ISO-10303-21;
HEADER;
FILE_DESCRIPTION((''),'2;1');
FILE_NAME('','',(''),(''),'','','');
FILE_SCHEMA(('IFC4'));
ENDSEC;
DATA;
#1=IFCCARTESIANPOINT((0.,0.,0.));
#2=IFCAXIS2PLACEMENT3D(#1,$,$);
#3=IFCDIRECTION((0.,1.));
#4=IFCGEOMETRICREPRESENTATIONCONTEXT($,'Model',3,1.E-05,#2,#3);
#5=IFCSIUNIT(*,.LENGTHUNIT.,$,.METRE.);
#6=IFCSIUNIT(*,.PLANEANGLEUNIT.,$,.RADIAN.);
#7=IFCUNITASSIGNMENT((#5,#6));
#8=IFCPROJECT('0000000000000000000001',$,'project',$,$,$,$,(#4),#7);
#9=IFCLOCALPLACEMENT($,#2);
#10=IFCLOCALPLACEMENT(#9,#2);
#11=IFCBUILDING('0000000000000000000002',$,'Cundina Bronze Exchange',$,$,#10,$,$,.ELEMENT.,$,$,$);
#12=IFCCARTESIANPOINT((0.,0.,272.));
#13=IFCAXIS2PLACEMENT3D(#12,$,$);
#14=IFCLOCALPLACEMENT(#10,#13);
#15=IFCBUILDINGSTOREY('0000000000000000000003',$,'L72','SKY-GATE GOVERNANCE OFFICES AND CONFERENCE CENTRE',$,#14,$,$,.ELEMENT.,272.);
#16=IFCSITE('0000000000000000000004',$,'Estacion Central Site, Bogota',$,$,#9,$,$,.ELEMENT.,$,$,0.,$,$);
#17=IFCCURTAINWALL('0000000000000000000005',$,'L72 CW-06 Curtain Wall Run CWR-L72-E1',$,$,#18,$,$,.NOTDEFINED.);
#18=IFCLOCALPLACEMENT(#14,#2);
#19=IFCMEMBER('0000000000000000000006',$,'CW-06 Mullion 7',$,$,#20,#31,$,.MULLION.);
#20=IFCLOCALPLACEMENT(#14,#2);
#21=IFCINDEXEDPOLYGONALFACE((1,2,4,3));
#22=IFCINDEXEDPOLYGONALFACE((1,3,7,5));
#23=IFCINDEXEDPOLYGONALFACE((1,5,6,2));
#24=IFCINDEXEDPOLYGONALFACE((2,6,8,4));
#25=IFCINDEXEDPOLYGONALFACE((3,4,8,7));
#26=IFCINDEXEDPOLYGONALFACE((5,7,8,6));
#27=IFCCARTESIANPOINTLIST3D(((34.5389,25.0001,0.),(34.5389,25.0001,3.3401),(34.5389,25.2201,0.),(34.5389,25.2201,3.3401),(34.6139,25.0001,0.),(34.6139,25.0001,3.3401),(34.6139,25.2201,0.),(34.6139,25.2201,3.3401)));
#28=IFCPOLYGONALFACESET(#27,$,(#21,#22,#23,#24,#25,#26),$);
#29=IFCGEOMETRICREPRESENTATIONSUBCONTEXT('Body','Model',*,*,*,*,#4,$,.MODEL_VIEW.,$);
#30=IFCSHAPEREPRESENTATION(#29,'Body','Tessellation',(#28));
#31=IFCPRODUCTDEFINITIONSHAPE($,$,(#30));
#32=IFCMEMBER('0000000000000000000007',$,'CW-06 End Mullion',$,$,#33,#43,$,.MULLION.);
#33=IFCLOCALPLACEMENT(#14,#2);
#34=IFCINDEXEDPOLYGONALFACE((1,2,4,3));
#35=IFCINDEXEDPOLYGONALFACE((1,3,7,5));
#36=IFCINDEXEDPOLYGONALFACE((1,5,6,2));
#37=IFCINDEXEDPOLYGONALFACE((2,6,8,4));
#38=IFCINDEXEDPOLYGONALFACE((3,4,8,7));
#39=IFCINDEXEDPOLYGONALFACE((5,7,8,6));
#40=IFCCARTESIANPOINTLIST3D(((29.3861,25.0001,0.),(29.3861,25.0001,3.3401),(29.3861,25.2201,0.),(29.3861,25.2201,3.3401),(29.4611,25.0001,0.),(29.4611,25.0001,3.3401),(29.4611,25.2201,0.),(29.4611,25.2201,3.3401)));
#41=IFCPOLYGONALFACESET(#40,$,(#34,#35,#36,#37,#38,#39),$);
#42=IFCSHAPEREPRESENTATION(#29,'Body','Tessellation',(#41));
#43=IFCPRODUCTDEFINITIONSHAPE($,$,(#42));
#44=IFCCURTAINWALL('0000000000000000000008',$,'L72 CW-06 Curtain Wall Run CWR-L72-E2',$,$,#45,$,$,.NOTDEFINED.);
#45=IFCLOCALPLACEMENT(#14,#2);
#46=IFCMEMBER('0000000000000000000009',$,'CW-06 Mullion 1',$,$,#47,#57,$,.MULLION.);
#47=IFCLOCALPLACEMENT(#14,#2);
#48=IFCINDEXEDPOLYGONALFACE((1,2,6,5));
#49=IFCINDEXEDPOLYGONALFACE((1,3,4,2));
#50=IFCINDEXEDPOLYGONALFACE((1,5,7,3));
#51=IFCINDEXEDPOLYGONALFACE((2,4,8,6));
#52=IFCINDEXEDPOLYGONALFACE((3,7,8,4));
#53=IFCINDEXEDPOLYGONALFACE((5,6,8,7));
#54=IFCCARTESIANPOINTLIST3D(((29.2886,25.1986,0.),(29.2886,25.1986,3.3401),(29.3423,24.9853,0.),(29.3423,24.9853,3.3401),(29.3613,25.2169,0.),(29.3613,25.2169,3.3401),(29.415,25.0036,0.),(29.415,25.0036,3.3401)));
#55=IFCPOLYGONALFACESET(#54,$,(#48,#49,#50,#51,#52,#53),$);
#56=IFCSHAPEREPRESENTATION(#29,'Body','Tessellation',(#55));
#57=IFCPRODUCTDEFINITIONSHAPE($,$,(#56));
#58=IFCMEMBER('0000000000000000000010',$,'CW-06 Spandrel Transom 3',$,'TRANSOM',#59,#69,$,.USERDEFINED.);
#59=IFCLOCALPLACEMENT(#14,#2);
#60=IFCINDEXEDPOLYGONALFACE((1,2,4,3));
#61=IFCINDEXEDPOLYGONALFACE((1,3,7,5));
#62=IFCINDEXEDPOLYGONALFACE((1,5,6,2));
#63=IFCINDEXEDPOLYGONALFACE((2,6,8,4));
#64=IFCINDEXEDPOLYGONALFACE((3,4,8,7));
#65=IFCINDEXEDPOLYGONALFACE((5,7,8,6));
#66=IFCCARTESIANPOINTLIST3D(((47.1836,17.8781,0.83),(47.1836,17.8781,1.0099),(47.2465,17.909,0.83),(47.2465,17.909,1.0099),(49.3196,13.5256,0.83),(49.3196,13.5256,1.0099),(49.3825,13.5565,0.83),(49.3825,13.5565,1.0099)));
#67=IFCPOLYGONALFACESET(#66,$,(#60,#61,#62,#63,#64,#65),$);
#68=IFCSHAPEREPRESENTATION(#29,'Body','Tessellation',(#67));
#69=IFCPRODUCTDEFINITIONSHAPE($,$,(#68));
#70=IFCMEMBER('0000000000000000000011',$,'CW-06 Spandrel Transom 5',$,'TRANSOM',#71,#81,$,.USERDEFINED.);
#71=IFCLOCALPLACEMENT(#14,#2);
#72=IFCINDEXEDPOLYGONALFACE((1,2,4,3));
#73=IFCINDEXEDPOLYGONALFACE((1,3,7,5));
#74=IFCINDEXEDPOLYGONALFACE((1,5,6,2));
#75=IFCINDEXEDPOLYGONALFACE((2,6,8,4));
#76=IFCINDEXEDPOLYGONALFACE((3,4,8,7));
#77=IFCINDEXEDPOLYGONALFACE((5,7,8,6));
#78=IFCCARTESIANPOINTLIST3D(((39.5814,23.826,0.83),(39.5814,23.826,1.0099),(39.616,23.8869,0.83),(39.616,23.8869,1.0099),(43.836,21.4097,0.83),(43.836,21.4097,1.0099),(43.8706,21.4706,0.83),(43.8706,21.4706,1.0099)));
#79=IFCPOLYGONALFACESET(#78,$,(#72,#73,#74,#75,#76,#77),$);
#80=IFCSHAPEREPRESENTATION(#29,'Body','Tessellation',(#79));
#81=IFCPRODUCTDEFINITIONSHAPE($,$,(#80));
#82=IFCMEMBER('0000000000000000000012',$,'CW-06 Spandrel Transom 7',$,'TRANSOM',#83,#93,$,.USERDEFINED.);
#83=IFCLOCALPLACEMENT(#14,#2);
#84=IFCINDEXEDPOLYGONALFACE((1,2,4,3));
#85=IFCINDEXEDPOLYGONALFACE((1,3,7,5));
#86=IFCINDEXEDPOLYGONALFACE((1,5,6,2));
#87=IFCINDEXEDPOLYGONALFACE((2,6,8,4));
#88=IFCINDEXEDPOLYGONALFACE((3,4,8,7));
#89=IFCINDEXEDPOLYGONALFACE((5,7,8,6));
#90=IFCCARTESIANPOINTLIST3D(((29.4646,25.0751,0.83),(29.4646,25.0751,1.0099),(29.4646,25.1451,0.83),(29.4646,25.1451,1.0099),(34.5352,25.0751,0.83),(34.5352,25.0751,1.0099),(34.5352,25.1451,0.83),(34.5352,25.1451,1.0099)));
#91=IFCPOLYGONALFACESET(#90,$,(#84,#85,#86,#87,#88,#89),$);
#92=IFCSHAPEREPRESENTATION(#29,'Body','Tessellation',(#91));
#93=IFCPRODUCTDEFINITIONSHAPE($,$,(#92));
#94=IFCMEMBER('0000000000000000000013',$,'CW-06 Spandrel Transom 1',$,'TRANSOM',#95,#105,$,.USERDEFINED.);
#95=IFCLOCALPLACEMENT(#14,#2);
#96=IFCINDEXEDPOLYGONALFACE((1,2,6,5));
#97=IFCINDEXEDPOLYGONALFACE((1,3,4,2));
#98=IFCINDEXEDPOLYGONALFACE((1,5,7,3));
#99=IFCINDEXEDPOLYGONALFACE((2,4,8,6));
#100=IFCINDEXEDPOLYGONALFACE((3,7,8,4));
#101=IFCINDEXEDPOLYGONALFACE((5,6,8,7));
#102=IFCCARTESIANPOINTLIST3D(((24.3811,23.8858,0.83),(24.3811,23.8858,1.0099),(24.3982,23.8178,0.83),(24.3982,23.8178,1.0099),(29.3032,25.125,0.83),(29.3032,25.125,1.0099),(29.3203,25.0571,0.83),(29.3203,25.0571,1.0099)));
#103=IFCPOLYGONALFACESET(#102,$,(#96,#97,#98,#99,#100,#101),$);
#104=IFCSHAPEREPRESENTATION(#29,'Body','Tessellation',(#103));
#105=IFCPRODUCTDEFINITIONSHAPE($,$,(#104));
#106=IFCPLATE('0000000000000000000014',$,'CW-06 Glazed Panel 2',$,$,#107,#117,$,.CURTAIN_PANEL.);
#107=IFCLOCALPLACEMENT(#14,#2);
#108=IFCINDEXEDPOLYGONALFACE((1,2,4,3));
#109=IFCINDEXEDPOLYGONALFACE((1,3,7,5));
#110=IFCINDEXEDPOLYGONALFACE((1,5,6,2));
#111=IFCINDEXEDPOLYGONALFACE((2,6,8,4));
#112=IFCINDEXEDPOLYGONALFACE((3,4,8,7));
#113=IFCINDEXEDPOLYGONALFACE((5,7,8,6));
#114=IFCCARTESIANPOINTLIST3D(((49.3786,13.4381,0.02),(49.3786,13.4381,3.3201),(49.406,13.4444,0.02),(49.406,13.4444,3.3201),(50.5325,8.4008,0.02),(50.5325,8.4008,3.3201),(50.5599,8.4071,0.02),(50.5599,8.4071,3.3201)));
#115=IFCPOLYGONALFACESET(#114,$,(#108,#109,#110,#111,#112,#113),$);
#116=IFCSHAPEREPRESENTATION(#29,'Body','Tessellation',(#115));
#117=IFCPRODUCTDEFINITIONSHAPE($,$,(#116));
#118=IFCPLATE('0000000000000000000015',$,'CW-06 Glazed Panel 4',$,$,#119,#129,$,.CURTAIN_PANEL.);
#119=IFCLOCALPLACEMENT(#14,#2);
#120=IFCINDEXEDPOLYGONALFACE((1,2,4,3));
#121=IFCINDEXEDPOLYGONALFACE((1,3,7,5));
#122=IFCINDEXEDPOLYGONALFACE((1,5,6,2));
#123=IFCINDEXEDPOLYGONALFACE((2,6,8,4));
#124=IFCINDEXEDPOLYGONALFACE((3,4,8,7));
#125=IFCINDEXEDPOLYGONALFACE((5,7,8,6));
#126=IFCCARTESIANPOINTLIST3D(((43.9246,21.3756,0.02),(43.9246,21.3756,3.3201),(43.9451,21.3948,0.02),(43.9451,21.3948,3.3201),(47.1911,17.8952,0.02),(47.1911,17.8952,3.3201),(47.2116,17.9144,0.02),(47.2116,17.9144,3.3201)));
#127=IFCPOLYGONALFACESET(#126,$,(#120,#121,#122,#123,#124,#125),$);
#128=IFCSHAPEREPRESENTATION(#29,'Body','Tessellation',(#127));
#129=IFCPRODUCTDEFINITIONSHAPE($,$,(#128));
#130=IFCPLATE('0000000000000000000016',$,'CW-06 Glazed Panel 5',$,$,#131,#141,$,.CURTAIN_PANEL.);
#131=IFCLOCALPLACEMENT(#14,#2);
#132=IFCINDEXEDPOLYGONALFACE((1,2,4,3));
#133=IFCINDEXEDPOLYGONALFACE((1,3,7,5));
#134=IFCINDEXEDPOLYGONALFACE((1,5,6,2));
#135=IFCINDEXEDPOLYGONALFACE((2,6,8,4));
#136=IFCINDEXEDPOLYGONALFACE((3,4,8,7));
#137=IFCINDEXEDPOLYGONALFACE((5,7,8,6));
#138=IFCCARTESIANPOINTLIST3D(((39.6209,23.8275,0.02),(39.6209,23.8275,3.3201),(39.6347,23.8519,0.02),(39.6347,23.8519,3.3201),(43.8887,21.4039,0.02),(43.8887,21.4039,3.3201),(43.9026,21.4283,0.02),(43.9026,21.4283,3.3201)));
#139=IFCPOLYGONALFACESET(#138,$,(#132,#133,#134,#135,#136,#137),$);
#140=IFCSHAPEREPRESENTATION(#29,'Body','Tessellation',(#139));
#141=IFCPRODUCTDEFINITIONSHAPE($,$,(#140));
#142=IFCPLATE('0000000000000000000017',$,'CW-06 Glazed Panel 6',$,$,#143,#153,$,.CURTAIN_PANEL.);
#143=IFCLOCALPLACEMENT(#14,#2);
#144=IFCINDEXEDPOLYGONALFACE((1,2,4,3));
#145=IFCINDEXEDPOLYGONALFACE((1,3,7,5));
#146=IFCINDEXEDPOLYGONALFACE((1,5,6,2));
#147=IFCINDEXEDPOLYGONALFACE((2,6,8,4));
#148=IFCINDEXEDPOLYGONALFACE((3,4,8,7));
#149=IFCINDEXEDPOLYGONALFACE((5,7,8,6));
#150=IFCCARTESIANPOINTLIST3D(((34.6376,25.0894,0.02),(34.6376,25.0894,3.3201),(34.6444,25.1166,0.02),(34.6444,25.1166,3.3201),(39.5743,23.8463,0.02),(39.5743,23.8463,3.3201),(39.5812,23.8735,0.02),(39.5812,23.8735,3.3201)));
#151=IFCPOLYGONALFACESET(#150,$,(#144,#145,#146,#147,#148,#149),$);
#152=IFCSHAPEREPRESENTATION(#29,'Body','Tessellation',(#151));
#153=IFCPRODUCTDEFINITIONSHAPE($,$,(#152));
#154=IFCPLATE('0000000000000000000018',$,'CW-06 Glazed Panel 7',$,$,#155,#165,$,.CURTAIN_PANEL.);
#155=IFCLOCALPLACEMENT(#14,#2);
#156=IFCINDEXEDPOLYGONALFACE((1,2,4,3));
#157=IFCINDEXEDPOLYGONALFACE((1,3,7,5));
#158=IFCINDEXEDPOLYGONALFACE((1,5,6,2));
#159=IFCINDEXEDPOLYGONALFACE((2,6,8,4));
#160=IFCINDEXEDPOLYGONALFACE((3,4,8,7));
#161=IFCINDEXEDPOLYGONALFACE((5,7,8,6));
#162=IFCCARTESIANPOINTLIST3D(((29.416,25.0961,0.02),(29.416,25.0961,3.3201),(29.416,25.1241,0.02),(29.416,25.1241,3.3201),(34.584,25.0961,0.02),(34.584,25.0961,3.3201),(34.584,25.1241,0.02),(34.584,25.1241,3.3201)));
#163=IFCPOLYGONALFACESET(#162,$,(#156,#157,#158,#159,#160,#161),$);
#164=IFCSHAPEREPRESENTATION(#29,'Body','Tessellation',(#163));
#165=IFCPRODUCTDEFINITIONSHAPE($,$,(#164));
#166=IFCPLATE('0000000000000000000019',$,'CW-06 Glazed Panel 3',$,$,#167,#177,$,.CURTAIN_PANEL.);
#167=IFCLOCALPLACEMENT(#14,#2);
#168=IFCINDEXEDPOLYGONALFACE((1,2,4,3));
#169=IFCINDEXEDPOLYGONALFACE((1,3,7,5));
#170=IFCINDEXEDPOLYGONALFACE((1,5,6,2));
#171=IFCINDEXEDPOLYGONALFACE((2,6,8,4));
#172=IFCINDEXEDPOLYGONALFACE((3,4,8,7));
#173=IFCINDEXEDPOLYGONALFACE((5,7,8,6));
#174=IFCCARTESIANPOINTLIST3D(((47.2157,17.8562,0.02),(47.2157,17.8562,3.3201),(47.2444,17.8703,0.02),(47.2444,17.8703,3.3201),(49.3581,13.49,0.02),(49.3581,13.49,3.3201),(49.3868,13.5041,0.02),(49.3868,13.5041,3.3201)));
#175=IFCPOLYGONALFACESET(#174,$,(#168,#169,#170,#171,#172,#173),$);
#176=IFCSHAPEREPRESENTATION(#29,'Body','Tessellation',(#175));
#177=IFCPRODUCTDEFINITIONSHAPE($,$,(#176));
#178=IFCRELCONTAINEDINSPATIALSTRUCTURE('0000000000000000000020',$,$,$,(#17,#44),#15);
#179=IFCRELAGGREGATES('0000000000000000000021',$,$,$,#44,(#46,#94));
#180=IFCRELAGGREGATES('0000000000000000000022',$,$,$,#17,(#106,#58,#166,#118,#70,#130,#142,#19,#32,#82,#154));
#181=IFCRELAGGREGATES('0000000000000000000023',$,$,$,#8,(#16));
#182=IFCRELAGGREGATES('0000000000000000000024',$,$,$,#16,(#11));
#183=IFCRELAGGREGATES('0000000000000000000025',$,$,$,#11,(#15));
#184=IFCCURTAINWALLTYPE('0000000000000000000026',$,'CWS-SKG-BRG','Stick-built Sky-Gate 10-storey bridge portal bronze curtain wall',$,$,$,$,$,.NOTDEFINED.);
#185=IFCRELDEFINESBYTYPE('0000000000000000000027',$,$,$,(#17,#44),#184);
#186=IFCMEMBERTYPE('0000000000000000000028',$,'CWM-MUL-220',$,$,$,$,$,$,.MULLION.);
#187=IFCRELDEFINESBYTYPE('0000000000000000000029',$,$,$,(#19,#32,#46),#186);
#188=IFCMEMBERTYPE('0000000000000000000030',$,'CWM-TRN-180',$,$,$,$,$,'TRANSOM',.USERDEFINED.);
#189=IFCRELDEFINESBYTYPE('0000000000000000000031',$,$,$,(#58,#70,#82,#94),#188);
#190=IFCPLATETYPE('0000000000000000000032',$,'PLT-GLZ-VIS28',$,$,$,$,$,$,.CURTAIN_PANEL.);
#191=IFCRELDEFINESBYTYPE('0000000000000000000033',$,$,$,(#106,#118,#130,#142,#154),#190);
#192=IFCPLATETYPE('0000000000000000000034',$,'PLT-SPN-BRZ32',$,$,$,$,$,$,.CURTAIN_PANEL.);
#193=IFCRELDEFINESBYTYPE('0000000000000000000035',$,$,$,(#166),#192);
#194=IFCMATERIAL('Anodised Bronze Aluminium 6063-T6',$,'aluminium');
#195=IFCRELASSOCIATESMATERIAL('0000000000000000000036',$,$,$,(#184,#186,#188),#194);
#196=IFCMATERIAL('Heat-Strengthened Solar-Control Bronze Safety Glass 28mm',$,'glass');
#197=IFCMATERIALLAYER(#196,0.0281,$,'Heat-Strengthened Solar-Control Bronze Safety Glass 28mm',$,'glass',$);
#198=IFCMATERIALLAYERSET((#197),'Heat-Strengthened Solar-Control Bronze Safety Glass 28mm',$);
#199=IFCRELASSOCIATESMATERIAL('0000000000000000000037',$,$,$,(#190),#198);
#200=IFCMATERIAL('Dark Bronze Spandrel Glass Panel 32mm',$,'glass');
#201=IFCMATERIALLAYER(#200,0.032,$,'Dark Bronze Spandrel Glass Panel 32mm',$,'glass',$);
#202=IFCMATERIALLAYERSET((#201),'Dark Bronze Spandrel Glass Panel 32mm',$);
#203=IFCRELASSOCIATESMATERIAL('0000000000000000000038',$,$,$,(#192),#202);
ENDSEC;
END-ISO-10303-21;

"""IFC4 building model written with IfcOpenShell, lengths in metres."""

from ifc_helpers import new_model, si_unit, direction, frame, origin, origin_2d, place, context, subcontext, project, spatial, rectangle, extrude, material, layer, layer_set, material_profile, profile_set, type_object, element, aggregate, save


model = new_model("IFC4")

# Units and contexts
model_context = context("Model", 3, precision=1e-05, world=origin(), true_north=direction((0.0, 1.0)))
body_context = subcontext(model_context, "Body", "Model", "MODEL_VIEW")
ifc_project = project(units=[si_unit("LENGTHUNIT", "METRE"), si_unit("PLANEANGLEUNIT", "RADIAN")], contexts=[model_context])

# Site, building, storey
site_placement = place(None, origin())
site = spatial("IfcSite", under=ifc_project, at=site_placement, Name="Estacion Central Site, Bogota", CompositionType="ELEMENT", RefElevation=0.0)
building_placement = place(site_placement, origin())
building = spatial("IfcBuilding", under=site, at=building_placement, Name="Cundina Bronze Exchange", CompositionType="ELEMENT")
storey_placement = place(building_placement, frame((0.0, 0.0, 272.0)))
storey = spatial("IfcBuildingStorey", under=building, at=storey_placement, Name="L72", Description="SKY-GATE GOVERNANCE OFFICES AND CONFERENCE CENTRE", CompositionType="ELEMENT", Elevation=272.0)

# Curtain wall, members
ifc_material_1 = material(Name="Anodised Bronze Aluminium 6063-T6", Category="aluminium")
curtain_wall_type = type_object("IfcCurtainWallType", Name="CWS-SKG-BRG", Description="Stick-built Sky-Gate 10-storey bridge portal bronze curtain wall", PredefinedType="NOTDEFINED", material=ifc_material_1)
curtain_wall_1_placement = place(storey_placement, origin())
curtain_wall_1 = element("IfcCurtainWall", 1, at=curtain_wall_1_placement, inside=storey, type_object=curtain_wall_type, Name="L72 CW-06 Curtain Wall Run CWR-L72-E1", PredefinedType="NOTDEFINED")
ifc_material_profile_1 = material_profile(ifc_material_1, rectangle(XDim=0.075, YDim=0.22, at=origin_2d()), Name="AL75X220", Category="aluminium")
ifc_profile_set_1 = profile_set([ifc_material_profile_1], Name="Anodised Bronze Aluminium 6063-T6")
member_type_1 = type_object("IfcMemberType", Name="CWM-MUL-220", PredefinedType="MULLION", material=ifc_profile_set_1)
member_1_placement = place(storey_placement, frame((34.5764, 25.1101, 0.0), z_axis=(0.0, 0.0, 1.0), x_axis=(-1.0, 0.0, 0.0)))
member_1 = element("IfcMember", 2, at=member_1_placement, type_object=member_type_1, Name="CW-06 Mullion 7", PredefinedType="MULLION", context=body_context, shape_type="SweptSolid", body=[
    extrude(rectangle(XDim=0.075, YDim=0.22, at=origin_2d()), origin(), (0.0, 0.0, 1.0), 3.3401),
])
member_2_placement = place(storey_placement, frame((29.4236, 25.1101, 0.0), z_axis=(0.0, 0.0, 1.0), x_axis=(-1.0, 0.0, 0.0)))
member_2 = element("IfcMember", 3, at=member_2_placement, type_object=member_type_1, Name="CW-06 End Mullion", PredefinedType="MULLION", context=body_context, shape_type="SweptSolid", body=[
    extrude(rectangle(XDim=0.075, YDim=0.22, at=origin_2d()), origin(), (0.0, 0.0, 1.0), 3.3401),
])

# Curtain wall, member
curtain_wall_2_placement = place(storey_placement, origin())
curtain_wall_2 = element("IfcCurtainWall", 4, at=curtain_wall_2_placement, inside=storey, type_object=curtain_wall_type, Name="L72 CW-06 Curtain Wall Run CWR-L72-E2", PredefinedType="NOTDEFINED")
member_3_placement = place(storey_placement, frame((29.3518, 25.1011, 0.0), z_axis=(0.0, 0.0, 1.0), x_axis=(-0.969744, -0.244123, 0.0)))
member_3 = element("IfcMember", 5, at=member_3_placement, type_object=member_type_1, Name="CW-06 Mullion 1", PredefinedType="MULLION", context=body_context, shape_type="SweptSolid", body=[
    extrude(rectangle(XDim=0.075, YDim=0.22, at=origin_2d()), origin(), (0.0, 0.0, 1.0), 3.3401),
])

# Members
ifc_material_profile_2 = material_profile(ifc_material_1, rectangle(XDim=0.0701, YDim=0.1799, at=origin_2d()), Name="AL70X180", Category="aluminium")
ifc_profile_set_2 = profile_set([ifc_material_profile_2], Name="Anodised Bronze Aluminium 6063-T6")
member_type_2 = type_object("IfcMemberType", Name="CWM-TRN-180", ElementType="TRANSOM", PredefinedType="USERDEFINED", material=ifc_profile_set_2)
member_4_placement = place(storey_placement, frame((49.3511, 13.541, 0.9199), z_axis=(-0.440554, 0.897726, 0.0), x_axis=(-0.897726, -0.440554, 0.0)))
member_4 = element("IfcMember", 6, at=member_4_placement, type_object=member_type_2, Name="CW-06 Spandrel Transom 3", ObjectType="TRANSOM", PredefinedType="USERDEFINED", context=body_context, shape_type="SweptSolid", body=[
    extrude(rectangle(XDim=0.0701, YDim=0.1799, at=origin_2d()), origin(), (0.0, 0.0, 1.0), 4.8484),
])
member_5_placement = place(storey_placement, frame((43.8533, 21.4402, 0.9199), z_axis=(-0.869557, 0.493832, 0.0), x_axis=(-0.493832, -0.869557, 0.0)))
member_5 = element("IfcMember", 7, at=member_5_placement, type_object=member_type_2, Name="CW-06 Spandrel Transom 5", ObjectType="TRANSOM", PredefinedType="USERDEFINED", context=body_context, shape_type="SweptSolid", body=[
    extrude(rectangle(XDim=0.0701, YDim=0.1799, at=origin_2d()), origin(), (0.0, 0.0, 1.0), 4.8928),
])
member_6_placement = place(storey_placement, frame((34.5352, 25.1101, 0.9199), z_axis=(-1.0, 0.0, 0.0), x_axis=(0.0, -1.0, 0.0)))
member_6 = element("IfcMember", 8, at=member_6_placement, type_object=member_type_2, Name="CW-06 Spandrel Transom 7", ObjectType="TRANSOM", PredefinedType="USERDEFINED", context=body_context, shape_type="SweptSolid", body=[
    extrude(rectangle(XDim=0.0701, YDim=0.1799, at=origin_2d()), origin(), (0.0, 0.0, 1.0), 5.0706),
])
member_7_placement = place(storey_placement, frame((29.3118, 25.0911, 0.9199), z_axis=(-0.969737, -0.244154, 0.0), x_axis=(0.244154, -0.969737, 0.0)))
member_7 = element("IfcMember", 9, at=member_7_placement, type_object=member_type_2, Name="CW-06 Spandrel Transom 1", ObjectType="TRANSOM", PredefinedType="USERDEFINED", context=body_context, shape_type="SweptSolid", body=[
    extrude(rectangle(XDim=0.0701, YDim=0.1799, at=origin_2d()), origin(), (0.0, 0.0, 1.0), 5.0757),
])
aggregate(curtain_wall_2, [member_3, member_7])

# Plates
ifc_material_2 = material(Name="Heat-Strengthened Solar-Control Bronze Safety Glass 28mm", Category="glass")
ifc_layer_1 = layer(ifc_material_2, 0.0281, Name="Heat-Strengthened Solar-Control Bronze Safety Glass 28mm", Category="glass")
ifc_layer_set_1 = layer_set([ifc_layer_1], Name="Heat-Strengthened Solar-Control Bronze Safety Glass 28mm")
plate_type_1 = type_object("IfcPlateType", Name="PLT-GLZ-VIS28", PredefinedType="CURTAIN_PANEL", material=ifc_layer_set_1)
plate_1_placement = place(storey_placement, frame((49.9692, 10.9226, 0.02), z_axis=(0.0, 0.0, 1.0), x_axis=(-0.223284, 0.974753, 0.0)))
plate_1 = element("IfcPlate", 10, at=plate_1_placement, type_object=plate_type_1, Name="CW-06 Glazed Panel 2", PredefinedType="CURTAIN_PANEL", context=body_context, shape_type="SweptSolid", body=[
    extrude(rectangle(XDim=5.1677, YDim=0.0281, at=origin_2d()), origin(), (0.0, 0.0, 1.0), 3.3),
])
plate_2_placement = place(storey_placement, frame((45.5681, 19.645, 0.02), z_axis=(0.0, 0.0, 1.0), x_axis=(-0.684344, 0.72916, 0.0)))
plate_2 = element("IfcPlate", 11, at=plate_2_placement, type_object=plate_type_1, Name="CW-06 Glazed Panel 4", PredefinedType="CURTAIN_PANEL", context=body_context, shape_type="SweptSolid", body=[
    extrude(rectangle(XDim=4.7732, YDim=0.0281, at=origin_2d()), origin(), (0.0, 0.0, 1.0), 3.3),
])
plate_3_placement = place(storey_placement, frame((41.7617, 22.6279, 0.02), z_axis=(0.0, 0.0, 1.0), x_axis=(-0.869573, 0.493805, 0.0)))
plate_3 = element("IfcPlate", 12, at=plate_3_placement, type_object=plate_type_1, Name="CW-06 Glazed Panel 5", PredefinedType="CURTAIN_PANEL", context=body_context, shape_type="SweptSolid", body=[
    extrude(rectangle(XDim=4.908, YDim=0.0281, at=origin_2d()), origin(), (0.0, 0.0, 1.0), 3.3),
])
plate_4_placement = place(storey_placement, frame((37.1094, 24.4814, 0.02), z_axis=(0.0, 0.0, 1.0), x_axis=(-0.969732, 0.244174, 0.0)))
plate_4 = element("IfcPlate", 13, at=plate_4_placement, type_object=plate_type_1, Name="CW-06 Glazed Panel 6", PredefinedType="CURTAIN_PANEL", context=body_context, shape_type="SweptSolid", body=[
    extrude(rectangle(XDim=5.0908, YDim=0.0281, at=origin_2d()), origin(), (0.0, 0.0, 1.0), 3.3),
])
plate_5_placement = place(storey_placement, frame((32.0, 25.1101, 0.02), z_axis=(0.0, 0.0, 1.0), x_axis=(-1.0, 0.0, 0.0)))
plate_5 = element("IfcPlate", 14, at=plate_5_placement, type_object=plate_type_1, Name="CW-06 Glazed Panel 7", PredefinedType="CURTAIN_PANEL", context=body_context, shape_type="SweptSolid", body=[
    extrude(rectangle(XDim=5.168, YDim=0.0281, at=origin_2d()), origin(), (0.0, 0.0, 1.0), 3.3),
])
ifc_material_3 = material(Name="Dark Bronze Spandrel Glass Panel 32mm", Category="glass")
ifc_layer_2 = layer(ifc_material_3, 0.032, Name="Dark Bronze Spandrel Glass Panel 32mm", Category="glass")
ifc_layer_set_2 = layer_set([ifc_layer_2], Name="Dark Bronze Spandrel Glass Panel 32mm")
plate_type_2 = type_object("IfcPlateType", Name="PLT-SPN-BRZ32", PredefinedType="CURTAIN_PANEL", material=ifc_layer_set_2)
plate_6_placement = place(storey_placement, frame((48.3013, 15.6802, 0.02), z_axis=(0.0, 0.0, 1.0), x_axis=(-0.440503, 0.897751, 0.0)))
plate_6 = element("IfcPlate", 15, at=plate_6_placement, type_object=plate_type_2, Name="CW-06 Glazed Panel 3", PredefinedType="CURTAIN_PANEL", context=body_context, shape_type="SweptSolid", body=[
    extrude(rectangle(XDim=4.8635, YDim=0.032, at=origin_2d()), origin(), (0.0, 0.0, 1.0), 3.3),
])
aggregate(curtain_wall_1, [plate_1, member_4, plate_6, plate_2, member_5, plate_3, plate_4, member_1, member_2, member_6, plate_5])

save(model, "model.ifc")
